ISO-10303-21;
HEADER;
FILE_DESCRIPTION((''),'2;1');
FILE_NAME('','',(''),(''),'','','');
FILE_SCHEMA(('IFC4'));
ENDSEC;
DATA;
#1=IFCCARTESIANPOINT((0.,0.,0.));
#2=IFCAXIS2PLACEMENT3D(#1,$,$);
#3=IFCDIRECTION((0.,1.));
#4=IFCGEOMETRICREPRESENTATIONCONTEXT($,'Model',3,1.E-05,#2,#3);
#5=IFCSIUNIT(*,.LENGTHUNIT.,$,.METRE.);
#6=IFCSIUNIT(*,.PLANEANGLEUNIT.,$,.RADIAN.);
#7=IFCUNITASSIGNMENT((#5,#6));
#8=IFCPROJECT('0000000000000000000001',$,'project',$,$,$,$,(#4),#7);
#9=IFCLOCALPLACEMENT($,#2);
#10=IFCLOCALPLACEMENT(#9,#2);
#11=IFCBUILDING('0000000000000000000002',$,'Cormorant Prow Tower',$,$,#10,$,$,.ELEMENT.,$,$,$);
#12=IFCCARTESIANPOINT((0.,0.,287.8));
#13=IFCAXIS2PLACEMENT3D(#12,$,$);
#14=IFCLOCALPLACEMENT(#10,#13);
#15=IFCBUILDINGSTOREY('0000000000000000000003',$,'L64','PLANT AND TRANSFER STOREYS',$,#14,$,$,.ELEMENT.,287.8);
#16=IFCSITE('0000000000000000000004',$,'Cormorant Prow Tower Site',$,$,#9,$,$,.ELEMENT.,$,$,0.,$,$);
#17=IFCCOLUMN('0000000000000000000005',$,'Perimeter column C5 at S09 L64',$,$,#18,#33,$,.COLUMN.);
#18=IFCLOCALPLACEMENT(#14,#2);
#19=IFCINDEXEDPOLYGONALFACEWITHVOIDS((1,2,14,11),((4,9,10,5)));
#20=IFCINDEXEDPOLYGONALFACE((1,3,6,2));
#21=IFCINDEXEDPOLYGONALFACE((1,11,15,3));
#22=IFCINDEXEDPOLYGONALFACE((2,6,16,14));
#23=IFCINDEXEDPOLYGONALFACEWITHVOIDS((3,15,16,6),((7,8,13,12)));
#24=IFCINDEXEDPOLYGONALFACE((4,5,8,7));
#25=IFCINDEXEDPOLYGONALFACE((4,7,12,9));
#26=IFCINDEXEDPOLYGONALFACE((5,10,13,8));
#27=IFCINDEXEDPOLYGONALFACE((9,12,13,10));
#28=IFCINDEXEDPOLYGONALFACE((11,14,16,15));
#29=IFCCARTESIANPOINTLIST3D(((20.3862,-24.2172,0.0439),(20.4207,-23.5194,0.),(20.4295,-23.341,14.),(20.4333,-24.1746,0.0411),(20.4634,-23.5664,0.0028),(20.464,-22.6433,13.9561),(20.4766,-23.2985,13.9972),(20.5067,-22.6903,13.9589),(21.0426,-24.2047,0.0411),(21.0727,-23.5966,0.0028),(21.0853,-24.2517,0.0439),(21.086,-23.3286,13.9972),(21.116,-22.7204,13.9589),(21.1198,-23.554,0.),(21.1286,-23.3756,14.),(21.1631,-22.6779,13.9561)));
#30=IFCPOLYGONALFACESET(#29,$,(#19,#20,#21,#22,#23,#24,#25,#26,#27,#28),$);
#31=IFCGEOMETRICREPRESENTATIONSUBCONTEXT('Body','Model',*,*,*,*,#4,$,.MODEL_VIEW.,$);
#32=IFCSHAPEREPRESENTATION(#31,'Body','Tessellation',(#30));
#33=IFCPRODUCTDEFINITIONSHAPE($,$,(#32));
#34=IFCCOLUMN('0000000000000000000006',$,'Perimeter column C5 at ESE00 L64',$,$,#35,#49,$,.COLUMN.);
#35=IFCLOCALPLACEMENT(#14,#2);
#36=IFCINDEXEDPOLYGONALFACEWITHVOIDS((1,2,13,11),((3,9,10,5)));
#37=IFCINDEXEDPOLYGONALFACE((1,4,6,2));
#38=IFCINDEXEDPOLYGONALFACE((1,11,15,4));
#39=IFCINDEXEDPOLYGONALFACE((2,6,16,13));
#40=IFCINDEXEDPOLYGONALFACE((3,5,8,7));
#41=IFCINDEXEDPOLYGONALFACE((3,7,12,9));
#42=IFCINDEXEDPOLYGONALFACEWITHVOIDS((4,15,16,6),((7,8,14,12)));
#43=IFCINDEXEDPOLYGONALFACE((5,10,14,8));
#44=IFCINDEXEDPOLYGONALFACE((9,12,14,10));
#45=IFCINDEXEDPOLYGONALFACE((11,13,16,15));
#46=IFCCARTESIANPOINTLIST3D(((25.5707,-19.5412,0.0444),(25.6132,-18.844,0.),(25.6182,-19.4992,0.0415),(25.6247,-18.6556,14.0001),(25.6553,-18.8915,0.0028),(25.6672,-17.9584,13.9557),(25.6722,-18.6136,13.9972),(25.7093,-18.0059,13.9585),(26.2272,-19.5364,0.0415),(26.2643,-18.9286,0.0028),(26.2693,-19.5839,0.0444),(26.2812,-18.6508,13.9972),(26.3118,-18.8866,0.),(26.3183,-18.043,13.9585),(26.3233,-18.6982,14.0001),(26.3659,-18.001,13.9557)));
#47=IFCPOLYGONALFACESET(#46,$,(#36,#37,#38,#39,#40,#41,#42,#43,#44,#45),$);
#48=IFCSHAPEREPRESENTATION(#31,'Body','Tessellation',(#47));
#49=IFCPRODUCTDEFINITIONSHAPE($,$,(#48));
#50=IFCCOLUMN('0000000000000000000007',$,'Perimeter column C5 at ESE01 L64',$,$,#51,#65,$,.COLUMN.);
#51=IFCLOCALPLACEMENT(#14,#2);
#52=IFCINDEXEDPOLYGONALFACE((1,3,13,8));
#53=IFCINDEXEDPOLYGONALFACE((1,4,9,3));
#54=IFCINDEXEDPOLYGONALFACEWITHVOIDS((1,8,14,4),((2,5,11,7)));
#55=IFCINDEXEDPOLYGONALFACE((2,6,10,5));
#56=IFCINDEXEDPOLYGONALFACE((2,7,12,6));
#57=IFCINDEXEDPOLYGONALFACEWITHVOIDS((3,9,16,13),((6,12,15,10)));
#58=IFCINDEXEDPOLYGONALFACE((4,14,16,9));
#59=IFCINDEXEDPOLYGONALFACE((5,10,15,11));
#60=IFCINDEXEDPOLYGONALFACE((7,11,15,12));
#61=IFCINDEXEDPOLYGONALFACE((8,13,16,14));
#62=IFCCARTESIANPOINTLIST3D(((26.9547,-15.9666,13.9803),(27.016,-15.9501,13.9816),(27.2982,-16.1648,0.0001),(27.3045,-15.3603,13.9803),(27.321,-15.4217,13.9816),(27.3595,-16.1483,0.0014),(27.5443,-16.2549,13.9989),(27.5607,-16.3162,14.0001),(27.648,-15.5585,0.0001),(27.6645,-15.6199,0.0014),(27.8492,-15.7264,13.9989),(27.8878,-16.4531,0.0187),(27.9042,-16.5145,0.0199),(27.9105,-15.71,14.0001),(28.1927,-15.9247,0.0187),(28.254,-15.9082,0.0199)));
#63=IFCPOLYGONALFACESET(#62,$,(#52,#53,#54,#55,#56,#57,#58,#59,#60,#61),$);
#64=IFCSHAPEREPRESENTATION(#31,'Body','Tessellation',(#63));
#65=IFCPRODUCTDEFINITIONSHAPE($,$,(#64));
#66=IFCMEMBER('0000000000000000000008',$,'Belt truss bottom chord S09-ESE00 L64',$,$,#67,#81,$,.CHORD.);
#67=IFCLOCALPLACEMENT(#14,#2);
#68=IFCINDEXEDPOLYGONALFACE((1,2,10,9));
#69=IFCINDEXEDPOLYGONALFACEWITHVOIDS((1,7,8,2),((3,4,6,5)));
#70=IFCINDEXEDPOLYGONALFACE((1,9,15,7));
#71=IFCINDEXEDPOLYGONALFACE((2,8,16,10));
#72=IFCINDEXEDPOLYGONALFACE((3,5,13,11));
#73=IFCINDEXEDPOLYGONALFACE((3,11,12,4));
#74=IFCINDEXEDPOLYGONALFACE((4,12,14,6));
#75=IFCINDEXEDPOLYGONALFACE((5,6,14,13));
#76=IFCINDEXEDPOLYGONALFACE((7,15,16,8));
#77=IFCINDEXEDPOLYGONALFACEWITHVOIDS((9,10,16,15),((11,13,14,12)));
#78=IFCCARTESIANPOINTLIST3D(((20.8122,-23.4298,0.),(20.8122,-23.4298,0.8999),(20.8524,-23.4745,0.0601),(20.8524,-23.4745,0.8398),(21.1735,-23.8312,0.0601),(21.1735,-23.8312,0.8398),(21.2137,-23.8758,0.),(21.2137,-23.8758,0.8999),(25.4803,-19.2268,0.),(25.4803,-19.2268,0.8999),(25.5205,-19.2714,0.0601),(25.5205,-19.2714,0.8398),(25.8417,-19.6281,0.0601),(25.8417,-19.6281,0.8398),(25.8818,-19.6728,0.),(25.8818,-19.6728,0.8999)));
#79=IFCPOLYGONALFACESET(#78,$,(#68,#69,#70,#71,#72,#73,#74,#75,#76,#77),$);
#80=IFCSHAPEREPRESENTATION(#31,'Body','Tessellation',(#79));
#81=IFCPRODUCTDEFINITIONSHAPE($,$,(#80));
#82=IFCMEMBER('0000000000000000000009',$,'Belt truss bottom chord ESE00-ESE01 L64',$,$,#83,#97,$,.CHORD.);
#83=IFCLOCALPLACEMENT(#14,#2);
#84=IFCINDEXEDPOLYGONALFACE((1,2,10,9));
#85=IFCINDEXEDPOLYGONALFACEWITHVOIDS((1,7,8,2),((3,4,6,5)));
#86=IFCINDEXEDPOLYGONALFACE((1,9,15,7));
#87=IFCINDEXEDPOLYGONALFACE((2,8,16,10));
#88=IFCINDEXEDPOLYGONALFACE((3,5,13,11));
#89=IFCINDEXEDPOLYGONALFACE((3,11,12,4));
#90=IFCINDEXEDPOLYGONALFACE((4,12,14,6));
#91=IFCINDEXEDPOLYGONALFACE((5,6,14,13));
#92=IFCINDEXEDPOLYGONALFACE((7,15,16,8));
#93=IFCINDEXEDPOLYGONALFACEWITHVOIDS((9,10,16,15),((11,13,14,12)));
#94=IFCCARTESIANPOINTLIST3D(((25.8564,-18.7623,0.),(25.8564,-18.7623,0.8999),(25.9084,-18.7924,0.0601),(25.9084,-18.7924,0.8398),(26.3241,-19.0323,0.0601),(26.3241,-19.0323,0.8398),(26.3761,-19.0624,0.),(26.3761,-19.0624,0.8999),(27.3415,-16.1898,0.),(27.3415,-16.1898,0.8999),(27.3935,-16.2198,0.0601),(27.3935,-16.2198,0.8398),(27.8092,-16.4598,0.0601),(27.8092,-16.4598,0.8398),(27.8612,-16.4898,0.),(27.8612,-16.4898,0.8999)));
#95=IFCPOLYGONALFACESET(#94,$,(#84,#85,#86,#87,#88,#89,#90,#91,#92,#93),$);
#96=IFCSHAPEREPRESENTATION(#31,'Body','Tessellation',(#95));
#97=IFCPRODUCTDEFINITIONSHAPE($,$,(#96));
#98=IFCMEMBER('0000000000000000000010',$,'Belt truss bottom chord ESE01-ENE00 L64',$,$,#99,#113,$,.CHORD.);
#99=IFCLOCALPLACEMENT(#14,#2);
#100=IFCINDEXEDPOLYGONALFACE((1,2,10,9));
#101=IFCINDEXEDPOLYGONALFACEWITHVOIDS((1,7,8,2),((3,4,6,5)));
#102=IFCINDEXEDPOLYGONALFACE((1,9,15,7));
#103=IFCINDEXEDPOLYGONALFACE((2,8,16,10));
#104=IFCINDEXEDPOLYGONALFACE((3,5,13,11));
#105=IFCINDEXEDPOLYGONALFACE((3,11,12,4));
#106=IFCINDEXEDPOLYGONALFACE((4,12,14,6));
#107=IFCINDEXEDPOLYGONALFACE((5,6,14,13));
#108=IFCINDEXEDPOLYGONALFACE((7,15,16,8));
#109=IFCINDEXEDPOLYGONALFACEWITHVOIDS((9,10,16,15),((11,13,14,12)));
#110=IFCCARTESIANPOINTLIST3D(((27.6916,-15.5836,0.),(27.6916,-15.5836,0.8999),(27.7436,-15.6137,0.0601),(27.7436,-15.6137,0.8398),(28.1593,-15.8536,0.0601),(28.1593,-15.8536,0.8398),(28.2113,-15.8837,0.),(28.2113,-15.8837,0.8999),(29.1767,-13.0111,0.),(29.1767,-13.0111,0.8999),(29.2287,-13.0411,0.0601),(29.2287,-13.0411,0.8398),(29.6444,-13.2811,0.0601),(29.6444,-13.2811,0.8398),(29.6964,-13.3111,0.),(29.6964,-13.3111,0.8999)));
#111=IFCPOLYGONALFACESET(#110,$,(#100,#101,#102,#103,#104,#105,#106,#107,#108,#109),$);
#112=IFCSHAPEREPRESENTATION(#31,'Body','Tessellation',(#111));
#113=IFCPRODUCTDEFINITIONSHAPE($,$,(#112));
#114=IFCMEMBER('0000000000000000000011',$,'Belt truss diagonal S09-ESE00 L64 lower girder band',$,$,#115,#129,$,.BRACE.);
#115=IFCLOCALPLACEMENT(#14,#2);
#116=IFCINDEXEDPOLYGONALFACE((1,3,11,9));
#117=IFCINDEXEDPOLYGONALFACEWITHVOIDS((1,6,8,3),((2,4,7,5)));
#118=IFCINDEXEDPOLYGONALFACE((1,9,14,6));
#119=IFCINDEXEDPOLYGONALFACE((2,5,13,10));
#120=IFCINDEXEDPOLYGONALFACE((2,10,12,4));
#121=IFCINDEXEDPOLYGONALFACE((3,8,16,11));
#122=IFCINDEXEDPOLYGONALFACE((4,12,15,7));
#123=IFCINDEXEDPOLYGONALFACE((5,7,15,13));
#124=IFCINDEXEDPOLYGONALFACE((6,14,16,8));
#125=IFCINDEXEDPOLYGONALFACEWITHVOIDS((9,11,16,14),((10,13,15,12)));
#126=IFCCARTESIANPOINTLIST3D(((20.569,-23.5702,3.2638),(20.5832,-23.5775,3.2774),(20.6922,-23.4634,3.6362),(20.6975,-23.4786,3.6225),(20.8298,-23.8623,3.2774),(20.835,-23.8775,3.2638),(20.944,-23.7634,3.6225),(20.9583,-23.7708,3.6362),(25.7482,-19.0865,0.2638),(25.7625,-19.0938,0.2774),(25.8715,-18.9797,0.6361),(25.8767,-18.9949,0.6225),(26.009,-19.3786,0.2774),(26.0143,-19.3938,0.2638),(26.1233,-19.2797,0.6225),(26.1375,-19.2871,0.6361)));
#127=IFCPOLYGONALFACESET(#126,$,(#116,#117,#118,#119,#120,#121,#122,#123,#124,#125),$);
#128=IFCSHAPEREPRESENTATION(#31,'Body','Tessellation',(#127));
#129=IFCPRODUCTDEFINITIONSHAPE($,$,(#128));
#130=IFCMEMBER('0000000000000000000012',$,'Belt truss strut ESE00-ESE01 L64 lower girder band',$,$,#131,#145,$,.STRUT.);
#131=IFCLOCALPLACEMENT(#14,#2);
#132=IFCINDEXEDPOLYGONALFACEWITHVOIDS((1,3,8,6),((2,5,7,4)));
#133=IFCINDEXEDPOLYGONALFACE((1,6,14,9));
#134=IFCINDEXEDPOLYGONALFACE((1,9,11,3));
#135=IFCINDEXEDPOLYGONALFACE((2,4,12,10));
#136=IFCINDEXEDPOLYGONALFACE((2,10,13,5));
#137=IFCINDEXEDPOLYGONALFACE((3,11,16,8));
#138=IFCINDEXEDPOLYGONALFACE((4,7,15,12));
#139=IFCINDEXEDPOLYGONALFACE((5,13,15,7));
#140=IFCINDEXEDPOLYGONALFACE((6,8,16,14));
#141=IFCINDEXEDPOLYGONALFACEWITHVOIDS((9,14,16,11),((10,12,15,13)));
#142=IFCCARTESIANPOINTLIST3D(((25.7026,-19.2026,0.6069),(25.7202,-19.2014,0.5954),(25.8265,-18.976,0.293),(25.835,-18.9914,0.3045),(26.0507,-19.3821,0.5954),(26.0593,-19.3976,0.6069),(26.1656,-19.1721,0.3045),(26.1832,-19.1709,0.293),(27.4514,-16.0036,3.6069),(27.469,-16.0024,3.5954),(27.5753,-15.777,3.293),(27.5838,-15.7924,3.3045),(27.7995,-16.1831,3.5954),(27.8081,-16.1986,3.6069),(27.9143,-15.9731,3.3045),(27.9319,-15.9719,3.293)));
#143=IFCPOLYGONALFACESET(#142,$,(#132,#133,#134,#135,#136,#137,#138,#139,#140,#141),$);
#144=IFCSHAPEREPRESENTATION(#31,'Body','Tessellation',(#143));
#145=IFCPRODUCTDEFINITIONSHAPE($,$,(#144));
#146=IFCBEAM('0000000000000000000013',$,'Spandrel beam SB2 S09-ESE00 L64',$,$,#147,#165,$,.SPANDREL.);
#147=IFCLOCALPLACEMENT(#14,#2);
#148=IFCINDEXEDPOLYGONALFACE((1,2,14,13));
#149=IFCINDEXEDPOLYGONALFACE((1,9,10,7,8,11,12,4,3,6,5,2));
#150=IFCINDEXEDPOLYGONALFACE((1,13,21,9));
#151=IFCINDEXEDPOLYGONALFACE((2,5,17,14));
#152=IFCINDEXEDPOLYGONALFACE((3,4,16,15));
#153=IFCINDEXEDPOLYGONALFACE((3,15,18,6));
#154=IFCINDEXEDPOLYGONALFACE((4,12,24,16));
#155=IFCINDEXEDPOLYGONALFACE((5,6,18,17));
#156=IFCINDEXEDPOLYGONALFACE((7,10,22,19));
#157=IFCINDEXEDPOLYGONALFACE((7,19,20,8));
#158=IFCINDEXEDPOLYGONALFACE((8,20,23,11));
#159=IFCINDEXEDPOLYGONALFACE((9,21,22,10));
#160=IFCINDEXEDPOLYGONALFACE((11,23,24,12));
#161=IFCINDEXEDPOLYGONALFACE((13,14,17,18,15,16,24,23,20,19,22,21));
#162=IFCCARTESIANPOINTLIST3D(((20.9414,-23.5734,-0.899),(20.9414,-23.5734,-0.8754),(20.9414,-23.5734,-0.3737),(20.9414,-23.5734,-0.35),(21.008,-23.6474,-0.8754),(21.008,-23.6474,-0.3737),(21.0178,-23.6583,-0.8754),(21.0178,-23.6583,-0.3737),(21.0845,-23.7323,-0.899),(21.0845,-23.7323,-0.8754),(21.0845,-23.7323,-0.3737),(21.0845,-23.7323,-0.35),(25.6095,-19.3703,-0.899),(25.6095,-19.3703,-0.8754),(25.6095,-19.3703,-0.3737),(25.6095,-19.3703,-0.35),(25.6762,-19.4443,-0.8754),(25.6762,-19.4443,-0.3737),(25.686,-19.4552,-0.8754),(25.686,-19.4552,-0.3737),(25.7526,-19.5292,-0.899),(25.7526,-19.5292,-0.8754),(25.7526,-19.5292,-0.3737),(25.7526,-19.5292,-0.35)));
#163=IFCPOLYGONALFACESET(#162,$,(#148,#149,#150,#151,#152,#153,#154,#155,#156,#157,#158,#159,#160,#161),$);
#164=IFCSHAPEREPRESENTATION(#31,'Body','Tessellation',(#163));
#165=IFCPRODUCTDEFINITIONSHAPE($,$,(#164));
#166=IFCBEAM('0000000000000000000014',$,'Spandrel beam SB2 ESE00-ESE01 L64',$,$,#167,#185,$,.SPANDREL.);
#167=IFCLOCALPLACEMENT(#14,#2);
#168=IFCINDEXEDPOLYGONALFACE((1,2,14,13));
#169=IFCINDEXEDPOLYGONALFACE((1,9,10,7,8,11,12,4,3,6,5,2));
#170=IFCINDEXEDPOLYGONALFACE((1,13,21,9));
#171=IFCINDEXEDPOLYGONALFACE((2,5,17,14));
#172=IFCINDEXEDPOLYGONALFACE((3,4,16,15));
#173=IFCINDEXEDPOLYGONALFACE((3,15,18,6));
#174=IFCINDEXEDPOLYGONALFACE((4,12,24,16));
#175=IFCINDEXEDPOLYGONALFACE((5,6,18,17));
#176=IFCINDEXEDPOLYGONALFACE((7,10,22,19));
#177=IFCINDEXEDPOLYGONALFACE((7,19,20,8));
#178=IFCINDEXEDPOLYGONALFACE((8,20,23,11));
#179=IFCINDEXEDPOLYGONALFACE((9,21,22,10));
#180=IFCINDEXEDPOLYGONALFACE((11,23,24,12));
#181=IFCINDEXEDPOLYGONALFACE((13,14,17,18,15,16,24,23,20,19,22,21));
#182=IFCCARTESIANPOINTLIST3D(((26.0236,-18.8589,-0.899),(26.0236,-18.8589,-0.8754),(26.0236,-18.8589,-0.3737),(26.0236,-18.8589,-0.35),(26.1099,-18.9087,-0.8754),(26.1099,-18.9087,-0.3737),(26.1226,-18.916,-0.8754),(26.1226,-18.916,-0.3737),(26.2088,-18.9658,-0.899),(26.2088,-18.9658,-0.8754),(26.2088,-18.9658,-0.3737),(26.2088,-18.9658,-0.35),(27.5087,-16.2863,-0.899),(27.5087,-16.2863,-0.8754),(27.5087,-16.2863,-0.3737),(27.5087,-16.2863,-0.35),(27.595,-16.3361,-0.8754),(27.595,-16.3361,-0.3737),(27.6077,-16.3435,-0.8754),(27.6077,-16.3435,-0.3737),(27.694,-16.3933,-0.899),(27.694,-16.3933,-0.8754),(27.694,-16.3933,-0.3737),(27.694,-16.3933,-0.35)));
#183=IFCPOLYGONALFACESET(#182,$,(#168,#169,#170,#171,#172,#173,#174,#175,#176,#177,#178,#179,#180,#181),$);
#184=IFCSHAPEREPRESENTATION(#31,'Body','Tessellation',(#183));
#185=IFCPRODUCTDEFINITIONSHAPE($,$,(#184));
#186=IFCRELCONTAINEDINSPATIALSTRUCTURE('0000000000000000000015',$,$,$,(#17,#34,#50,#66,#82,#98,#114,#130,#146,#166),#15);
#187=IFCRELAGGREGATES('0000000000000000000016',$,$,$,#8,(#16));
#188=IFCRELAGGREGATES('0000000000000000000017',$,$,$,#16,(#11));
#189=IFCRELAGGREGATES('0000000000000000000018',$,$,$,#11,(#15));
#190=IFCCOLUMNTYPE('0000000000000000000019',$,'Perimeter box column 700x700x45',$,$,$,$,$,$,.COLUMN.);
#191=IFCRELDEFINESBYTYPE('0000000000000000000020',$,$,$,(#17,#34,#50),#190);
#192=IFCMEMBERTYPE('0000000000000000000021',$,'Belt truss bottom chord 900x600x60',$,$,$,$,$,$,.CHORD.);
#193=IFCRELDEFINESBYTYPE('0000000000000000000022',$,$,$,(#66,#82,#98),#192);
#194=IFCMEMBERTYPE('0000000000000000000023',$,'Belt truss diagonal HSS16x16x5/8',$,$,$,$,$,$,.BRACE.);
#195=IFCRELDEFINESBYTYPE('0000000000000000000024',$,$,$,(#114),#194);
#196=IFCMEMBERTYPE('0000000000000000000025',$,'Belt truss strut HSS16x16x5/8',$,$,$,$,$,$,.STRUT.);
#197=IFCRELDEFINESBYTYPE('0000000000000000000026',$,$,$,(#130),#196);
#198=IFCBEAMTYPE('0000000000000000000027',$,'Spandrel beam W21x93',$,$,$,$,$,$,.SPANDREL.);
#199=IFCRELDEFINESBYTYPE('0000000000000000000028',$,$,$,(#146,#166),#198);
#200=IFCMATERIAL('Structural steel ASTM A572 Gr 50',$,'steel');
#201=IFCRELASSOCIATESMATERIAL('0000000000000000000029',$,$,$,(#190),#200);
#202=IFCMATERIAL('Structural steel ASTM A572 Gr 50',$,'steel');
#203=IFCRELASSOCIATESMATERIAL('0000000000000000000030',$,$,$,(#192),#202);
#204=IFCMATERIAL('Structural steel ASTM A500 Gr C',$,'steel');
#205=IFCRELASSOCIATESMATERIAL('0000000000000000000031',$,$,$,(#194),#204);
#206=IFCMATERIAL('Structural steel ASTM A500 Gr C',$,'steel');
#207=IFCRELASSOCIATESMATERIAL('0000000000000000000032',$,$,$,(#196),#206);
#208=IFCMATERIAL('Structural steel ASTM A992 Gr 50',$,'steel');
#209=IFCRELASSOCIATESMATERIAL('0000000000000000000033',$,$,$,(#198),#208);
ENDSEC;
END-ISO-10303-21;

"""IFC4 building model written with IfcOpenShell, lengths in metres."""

from ifc_helpers import new_model, si_unit, direction, frame, origin, origin_2d, place, context, subcontext, project, spatial, hollow_rectangle, i_section, extrude, material, material_profile, profile_set, type_object, element, save


model = new_model("IFC4")

# Units and contexts
model_context = context("Model", 3, precision=1e-05, world=origin(), true_north=direction((0.0, 1.0)))
body_context = subcontext(model_context, "Body", "Model", "MODEL_VIEW")
ifc_project = project(units=[si_unit("LENGTHUNIT", "METRE"), si_unit("PLANEANGLEUNIT", "RADIAN")], contexts=[model_context])

# Site, building, storey
site_placement = place(None, origin())
site = spatial("IfcSite", under=ifc_project, at=site_placement, Name="Cormorant Prow Tower Site", CompositionType="ELEMENT", RefElevation=0.0)
building_placement = place(site_placement, origin())
building = spatial("IfcBuilding", under=site, at=building_placement, Name="Cormorant Prow Tower", CompositionType="ELEMENT")
storey_placement = place(building_placement, frame((0.0, 0.0, 287.8)))
storey = spatial("IfcBuildingStorey", under=building, at=storey_placement, Name="L64", Description="PLANT AND TRANSFER STOREYS", CompositionType="ELEMENT", Elevation=287.8)

# Columns
ifc_material_1 = material(Name="Structural steel ASTM A572 Gr 50", Category="steel")
ifc_material_profile_1 = material_profile(ifc_material_1, hollow_rectangle(XDim=0.7, YDim=0.7, WallThickness=0.0449, at=origin_2d()), Name="Box 700x700x45")
ifc_profile_set_1 = profile_set([ifc_material_profile_1], Name="Structural steel ASTM A572 Gr 50")
column_type = type_object("IfcColumnType", Name="Perimeter box column 700x700x45", PredefinedType="COLUMN", material=ifc_profile_set_1)
column_1_placement = place(storey_placement, frame((20.7529, -23.887, 0.0), z_axis=(0.003098, 0.062655, 0.99803), x_axis=(-0.99878, 0.049384, 0.0)))
element("IfcColumn", 1, at=column_1_placement, inside=storey, type_object=column_type, Name="Perimeter column C5 at S09 L64", PredefinedType="COLUMN", context=body_context, shape_type="SweptSolid", body=[
    extrude(hollow_rectangle(XDim=0.7, YDim=0.7, WallThickness=0.0449, at=origin_2d()), frame((0.0, 0.0, 0.022)), (0.0, 0.0, 1.0), 13.9836),
])
column_2_placement = place(storey_placement, frame((25.9412, -19.2153, 0.0), z_axis=(0.003864, 0.063331, 0.997985), x_axis=(-0.998144, 0.060893, 0.0)))
element("IfcColumn", 2, at=column_2_placement, inside=storey, type_object=column_type, Name="Perimeter column C5 at ESE00 L64", PredefinedType="COLUMN", context=body_context, shape_type="SweptSolid", body=[
    extrude(hollow_rectangle(XDim=0.7, YDim=0.7, WallThickness=0.0449, at=origin_2d()), frame((0.0, 0.0, 0.0222)), (0.0, 0.0, 1.0), 13.9839),
])
column_3_placement = place(storey_placement, frame((27.7764, -16.0366, 0.0), z_axis=(-0.024561, 0.014172, 0.999598), x_axis=(-0.499776, -0.866155, 0.0)))
element("IfcColumn", 3, at=column_3_placement, inside=storey, type_object=column_type, Name="Perimeter column C5 at ESE01 L64", PredefinedType="COLUMN", context=body_context, shape_type="SweptSolid", body=[
    extrude(hollow_rectangle(XDim=0.7, YDim=0.7, WallThickness=0.0449, at=origin_2d()), frame((0.0, 0.0, 0.01)), (0.0, 0.0, 1.0), 13.9858),
])

# Members
ifc_material_2 = material(Name="Structural steel ASTM A572 Gr 50", Category="steel")
ifc_material_profile_2 = material_profile(ifc_material_2, hollow_rectangle(XDim=0.6001, YDim=0.8999, WallThickness=0.0601, at=origin_2d()), Name="Box 900x600x60")
ifc_profile_set_2 = profile_set([ifc_material_profile_2], Name="Structural steel ASTM A572 Gr 50")
member_type_1 = type_object("IfcMemberType", Name="Belt truss bottom chord 900x600x60", PredefinedType="CHORD", material=ifc_profile_set_2)
member_1_placement = place(storey_placement, frame((21.0129, -23.6528, 0.45), z_axis=(0.743157, 0.669117, 0.0), x_axis=(-0.669117, 0.743157, 0.0)))
element("IfcMember", 4, at=member_1_placement, inside=storey, type_object=member_type_1, Name="Belt truss bottom chord S09-ESE00 L64", PredefinedType="CHORD", context=body_context, shape_type="SweptSolid", body=[
    extrude(hollow_rectangle(XDim=0.6001, YDim=0.8999, WallThickness=0.0601, at=origin_2d()), origin(), (0.0, 0.0, 1.0), 6.2815),
])
for number, where, z_axis, x_axis, name in (
    (5, (26.1162, -18.9124, 0.45), (0.499967, 0.866045, 0.0), (-0.866045, 0.499967, 0.0), "Belt truss bottom chord ESE00-ESE01 L64"),
    (6, (27.9514, -15.7336, 0.45), (0.499967, 0.866045, 0.0), (-0.866045, 0.499967, 0.0), "Belt truss bottom chord ESE01-ENE00 L64"),
):
    element("IfcMember", number, at=place(storey_placement, frame(where, z_axis=z_axis, x_axis=x_axis)), inside=storey, type_object=member_type_1, Name=name, PredefinedType="CHORD", context=body_context, shape_type="SweptSolid", body=[
        extrude(hollow_rectangle(XDim=0.6001, YDim=0.8999, WallThickness=0.0601, at=origin_2d()), origin(), (0.0, 0.0, 1.0), 2.9705),
    ])
ifc_material_3 = material(Name="Structural steel ASTM A500 Gr C", Category="steel")
ifc_material_profile_3 = material_profile(ifc_material_3, hollow_rectangle(XDim=0.4065, YDim=0.4065, WallThickness=0.0149, at=origin_2d()), Name="HSS16x16x5/8")
ifc_profile_set_3 = profile_set([ifc_material_profile_3], Name="Structural steel ASTM A500 Gr C")
member_type_2 = type_object("IfcMemberType", Name="Belt truss diagonal HSS16x16x5/8", PredefinedType="BRACE", material=ifc_profile_set_3)
member_2_placement = place(storey_placement, frame((25.9429, -19.1868, 0.45), z_axis=(-0.69255, -0.599542, 0.401153), x_axis=(0.654514, -0.75605, 0.0)))
element("IfcMember", 7, at=member_2_placement, inside=storey, type_object=member_type_2, Name="Belt truss diagonal S09-ESE00 L64 lower girder band", PredefinedType="BRACE", context=body_context, shape_type="SweptSolid", body=[
    extrude(hollow_rectangle(XDim=0.4065, YDim=0.4065, WallThickness=0.0149, at=origin_2d()), origin(), (0.0, 0.0, 1.0), 7.4785),
])
ifc_material_4 = material(Name="Structural steel ASTM A500 Gr C", Category="steel")
ifc_material_profile_4 = material_profile(ifc_material_4, hollow_rectangle(XDim=0.4065, YDim=0.4065, WallThickness=0.0149, at=origin_2d()), Name="HSS16x16x5/8")
ifc_profile_set_4 = profile_set([ifc_material_profile_4], Name="Structural steel ASTM A500 Gr C")
member_type_3 = type_object("IfcMemberType", Name="Belt truss strut HSS16x16x5/8", PredefinedType="STRUT", material=ifc_profile_set_4)
member_3_placement = place(storey_placement, frame((25.9429, -19.1868, 0.45), z_axis=(0.370394, 0.677547, 0.635404), x_axis=(-0.877447, 0.479673, 0.0)))
element("IfcMember", 8, at=member_3_placement, inside=storey, type_object=member_type_3, Name="Belt truss strut ESE00-ESE01 L64 lower girder band", PredefinedType="STRUT", context=body_context, shape_type="SweptSolid", body=[
    extrude(hollow_rectangle(XDim=0.4065, YDim=0.4065, WallThickness=0.0149, at=origin_2d()), origin(), (0.0, 0.0, 1.0), 4.7214),
])

# Beams
ifc_material_5 = material(Name="Structural steel ASTM A992 Gr 50", Category="steel")
ifc_material_profile_5 = material_profile(ifc_material_5, i_section(OverallWidth=0.2139, OverallDepth=0.5491, WebThickness=0.0146, FlangeThickness=0.0237, at=origin_2d()), Name="W21x93")
ifc_profile_set_5 = profile_set([ifc_material_profile_5], Name="Structural steel ASTM A992 Gr 50")
beam_type = type_object("IfcBeamType", Name="Spandrel beam W21x93", PredefinedType="SPANDREL", material=ifc_profile_set_5)
beam_placement = place(storey_placement, frame((21.0129, -23.6528, -0.6245), z_axis=(0.743157, 0.669117, 0.0), x_axis=(-0.669117, 0.743157, 0.0)))
element("IfcBeam", 9, at=beam_placement, inside=storey, type_object=beam_type, Name="Spandrel beam SB2 S09-ESE00 L64", PredefinedType="SPANDREL", context=body_context, shape_type="SweptSolid", body=[
    extrude(i_section(OverallWidth=0.2139, OverallDepth=0.5491, WebThickness=0.0146, FlangeThickness=0.0237, at=origin_2d()), origin(), (0.0, 0.0, 1.0), 6.2815),
])
for number, where, z_axis, x_axis, name in (
    (10, (26.1162, -18.9124, -0.6245), (0.499967, 0.866045, 0.0), (-0.866045, 0.499967, 0.0), "Spandrel beam SB2 ESE00-ESE01 L64"),
):
    element("IfcBeam", number, at=place(storey_placement, frame(where, z_axis=z_axis, x_axis=x_axis)), inside=storey, type_object=beam_type, Name=name, PredefinedType="SPANDREL", context=body_context, shape_type="SweptSolid", body=[
        extrude(i_section(OverallWidth=0.2139, OverallDepth=0.5491, WebThickness=0.0146, FlangeThickness=0.0237, at=origin_2d()), origin(), (0.0, 0.0, 1.0), 2.9705),
    ])

save(model, "model.ifc")
